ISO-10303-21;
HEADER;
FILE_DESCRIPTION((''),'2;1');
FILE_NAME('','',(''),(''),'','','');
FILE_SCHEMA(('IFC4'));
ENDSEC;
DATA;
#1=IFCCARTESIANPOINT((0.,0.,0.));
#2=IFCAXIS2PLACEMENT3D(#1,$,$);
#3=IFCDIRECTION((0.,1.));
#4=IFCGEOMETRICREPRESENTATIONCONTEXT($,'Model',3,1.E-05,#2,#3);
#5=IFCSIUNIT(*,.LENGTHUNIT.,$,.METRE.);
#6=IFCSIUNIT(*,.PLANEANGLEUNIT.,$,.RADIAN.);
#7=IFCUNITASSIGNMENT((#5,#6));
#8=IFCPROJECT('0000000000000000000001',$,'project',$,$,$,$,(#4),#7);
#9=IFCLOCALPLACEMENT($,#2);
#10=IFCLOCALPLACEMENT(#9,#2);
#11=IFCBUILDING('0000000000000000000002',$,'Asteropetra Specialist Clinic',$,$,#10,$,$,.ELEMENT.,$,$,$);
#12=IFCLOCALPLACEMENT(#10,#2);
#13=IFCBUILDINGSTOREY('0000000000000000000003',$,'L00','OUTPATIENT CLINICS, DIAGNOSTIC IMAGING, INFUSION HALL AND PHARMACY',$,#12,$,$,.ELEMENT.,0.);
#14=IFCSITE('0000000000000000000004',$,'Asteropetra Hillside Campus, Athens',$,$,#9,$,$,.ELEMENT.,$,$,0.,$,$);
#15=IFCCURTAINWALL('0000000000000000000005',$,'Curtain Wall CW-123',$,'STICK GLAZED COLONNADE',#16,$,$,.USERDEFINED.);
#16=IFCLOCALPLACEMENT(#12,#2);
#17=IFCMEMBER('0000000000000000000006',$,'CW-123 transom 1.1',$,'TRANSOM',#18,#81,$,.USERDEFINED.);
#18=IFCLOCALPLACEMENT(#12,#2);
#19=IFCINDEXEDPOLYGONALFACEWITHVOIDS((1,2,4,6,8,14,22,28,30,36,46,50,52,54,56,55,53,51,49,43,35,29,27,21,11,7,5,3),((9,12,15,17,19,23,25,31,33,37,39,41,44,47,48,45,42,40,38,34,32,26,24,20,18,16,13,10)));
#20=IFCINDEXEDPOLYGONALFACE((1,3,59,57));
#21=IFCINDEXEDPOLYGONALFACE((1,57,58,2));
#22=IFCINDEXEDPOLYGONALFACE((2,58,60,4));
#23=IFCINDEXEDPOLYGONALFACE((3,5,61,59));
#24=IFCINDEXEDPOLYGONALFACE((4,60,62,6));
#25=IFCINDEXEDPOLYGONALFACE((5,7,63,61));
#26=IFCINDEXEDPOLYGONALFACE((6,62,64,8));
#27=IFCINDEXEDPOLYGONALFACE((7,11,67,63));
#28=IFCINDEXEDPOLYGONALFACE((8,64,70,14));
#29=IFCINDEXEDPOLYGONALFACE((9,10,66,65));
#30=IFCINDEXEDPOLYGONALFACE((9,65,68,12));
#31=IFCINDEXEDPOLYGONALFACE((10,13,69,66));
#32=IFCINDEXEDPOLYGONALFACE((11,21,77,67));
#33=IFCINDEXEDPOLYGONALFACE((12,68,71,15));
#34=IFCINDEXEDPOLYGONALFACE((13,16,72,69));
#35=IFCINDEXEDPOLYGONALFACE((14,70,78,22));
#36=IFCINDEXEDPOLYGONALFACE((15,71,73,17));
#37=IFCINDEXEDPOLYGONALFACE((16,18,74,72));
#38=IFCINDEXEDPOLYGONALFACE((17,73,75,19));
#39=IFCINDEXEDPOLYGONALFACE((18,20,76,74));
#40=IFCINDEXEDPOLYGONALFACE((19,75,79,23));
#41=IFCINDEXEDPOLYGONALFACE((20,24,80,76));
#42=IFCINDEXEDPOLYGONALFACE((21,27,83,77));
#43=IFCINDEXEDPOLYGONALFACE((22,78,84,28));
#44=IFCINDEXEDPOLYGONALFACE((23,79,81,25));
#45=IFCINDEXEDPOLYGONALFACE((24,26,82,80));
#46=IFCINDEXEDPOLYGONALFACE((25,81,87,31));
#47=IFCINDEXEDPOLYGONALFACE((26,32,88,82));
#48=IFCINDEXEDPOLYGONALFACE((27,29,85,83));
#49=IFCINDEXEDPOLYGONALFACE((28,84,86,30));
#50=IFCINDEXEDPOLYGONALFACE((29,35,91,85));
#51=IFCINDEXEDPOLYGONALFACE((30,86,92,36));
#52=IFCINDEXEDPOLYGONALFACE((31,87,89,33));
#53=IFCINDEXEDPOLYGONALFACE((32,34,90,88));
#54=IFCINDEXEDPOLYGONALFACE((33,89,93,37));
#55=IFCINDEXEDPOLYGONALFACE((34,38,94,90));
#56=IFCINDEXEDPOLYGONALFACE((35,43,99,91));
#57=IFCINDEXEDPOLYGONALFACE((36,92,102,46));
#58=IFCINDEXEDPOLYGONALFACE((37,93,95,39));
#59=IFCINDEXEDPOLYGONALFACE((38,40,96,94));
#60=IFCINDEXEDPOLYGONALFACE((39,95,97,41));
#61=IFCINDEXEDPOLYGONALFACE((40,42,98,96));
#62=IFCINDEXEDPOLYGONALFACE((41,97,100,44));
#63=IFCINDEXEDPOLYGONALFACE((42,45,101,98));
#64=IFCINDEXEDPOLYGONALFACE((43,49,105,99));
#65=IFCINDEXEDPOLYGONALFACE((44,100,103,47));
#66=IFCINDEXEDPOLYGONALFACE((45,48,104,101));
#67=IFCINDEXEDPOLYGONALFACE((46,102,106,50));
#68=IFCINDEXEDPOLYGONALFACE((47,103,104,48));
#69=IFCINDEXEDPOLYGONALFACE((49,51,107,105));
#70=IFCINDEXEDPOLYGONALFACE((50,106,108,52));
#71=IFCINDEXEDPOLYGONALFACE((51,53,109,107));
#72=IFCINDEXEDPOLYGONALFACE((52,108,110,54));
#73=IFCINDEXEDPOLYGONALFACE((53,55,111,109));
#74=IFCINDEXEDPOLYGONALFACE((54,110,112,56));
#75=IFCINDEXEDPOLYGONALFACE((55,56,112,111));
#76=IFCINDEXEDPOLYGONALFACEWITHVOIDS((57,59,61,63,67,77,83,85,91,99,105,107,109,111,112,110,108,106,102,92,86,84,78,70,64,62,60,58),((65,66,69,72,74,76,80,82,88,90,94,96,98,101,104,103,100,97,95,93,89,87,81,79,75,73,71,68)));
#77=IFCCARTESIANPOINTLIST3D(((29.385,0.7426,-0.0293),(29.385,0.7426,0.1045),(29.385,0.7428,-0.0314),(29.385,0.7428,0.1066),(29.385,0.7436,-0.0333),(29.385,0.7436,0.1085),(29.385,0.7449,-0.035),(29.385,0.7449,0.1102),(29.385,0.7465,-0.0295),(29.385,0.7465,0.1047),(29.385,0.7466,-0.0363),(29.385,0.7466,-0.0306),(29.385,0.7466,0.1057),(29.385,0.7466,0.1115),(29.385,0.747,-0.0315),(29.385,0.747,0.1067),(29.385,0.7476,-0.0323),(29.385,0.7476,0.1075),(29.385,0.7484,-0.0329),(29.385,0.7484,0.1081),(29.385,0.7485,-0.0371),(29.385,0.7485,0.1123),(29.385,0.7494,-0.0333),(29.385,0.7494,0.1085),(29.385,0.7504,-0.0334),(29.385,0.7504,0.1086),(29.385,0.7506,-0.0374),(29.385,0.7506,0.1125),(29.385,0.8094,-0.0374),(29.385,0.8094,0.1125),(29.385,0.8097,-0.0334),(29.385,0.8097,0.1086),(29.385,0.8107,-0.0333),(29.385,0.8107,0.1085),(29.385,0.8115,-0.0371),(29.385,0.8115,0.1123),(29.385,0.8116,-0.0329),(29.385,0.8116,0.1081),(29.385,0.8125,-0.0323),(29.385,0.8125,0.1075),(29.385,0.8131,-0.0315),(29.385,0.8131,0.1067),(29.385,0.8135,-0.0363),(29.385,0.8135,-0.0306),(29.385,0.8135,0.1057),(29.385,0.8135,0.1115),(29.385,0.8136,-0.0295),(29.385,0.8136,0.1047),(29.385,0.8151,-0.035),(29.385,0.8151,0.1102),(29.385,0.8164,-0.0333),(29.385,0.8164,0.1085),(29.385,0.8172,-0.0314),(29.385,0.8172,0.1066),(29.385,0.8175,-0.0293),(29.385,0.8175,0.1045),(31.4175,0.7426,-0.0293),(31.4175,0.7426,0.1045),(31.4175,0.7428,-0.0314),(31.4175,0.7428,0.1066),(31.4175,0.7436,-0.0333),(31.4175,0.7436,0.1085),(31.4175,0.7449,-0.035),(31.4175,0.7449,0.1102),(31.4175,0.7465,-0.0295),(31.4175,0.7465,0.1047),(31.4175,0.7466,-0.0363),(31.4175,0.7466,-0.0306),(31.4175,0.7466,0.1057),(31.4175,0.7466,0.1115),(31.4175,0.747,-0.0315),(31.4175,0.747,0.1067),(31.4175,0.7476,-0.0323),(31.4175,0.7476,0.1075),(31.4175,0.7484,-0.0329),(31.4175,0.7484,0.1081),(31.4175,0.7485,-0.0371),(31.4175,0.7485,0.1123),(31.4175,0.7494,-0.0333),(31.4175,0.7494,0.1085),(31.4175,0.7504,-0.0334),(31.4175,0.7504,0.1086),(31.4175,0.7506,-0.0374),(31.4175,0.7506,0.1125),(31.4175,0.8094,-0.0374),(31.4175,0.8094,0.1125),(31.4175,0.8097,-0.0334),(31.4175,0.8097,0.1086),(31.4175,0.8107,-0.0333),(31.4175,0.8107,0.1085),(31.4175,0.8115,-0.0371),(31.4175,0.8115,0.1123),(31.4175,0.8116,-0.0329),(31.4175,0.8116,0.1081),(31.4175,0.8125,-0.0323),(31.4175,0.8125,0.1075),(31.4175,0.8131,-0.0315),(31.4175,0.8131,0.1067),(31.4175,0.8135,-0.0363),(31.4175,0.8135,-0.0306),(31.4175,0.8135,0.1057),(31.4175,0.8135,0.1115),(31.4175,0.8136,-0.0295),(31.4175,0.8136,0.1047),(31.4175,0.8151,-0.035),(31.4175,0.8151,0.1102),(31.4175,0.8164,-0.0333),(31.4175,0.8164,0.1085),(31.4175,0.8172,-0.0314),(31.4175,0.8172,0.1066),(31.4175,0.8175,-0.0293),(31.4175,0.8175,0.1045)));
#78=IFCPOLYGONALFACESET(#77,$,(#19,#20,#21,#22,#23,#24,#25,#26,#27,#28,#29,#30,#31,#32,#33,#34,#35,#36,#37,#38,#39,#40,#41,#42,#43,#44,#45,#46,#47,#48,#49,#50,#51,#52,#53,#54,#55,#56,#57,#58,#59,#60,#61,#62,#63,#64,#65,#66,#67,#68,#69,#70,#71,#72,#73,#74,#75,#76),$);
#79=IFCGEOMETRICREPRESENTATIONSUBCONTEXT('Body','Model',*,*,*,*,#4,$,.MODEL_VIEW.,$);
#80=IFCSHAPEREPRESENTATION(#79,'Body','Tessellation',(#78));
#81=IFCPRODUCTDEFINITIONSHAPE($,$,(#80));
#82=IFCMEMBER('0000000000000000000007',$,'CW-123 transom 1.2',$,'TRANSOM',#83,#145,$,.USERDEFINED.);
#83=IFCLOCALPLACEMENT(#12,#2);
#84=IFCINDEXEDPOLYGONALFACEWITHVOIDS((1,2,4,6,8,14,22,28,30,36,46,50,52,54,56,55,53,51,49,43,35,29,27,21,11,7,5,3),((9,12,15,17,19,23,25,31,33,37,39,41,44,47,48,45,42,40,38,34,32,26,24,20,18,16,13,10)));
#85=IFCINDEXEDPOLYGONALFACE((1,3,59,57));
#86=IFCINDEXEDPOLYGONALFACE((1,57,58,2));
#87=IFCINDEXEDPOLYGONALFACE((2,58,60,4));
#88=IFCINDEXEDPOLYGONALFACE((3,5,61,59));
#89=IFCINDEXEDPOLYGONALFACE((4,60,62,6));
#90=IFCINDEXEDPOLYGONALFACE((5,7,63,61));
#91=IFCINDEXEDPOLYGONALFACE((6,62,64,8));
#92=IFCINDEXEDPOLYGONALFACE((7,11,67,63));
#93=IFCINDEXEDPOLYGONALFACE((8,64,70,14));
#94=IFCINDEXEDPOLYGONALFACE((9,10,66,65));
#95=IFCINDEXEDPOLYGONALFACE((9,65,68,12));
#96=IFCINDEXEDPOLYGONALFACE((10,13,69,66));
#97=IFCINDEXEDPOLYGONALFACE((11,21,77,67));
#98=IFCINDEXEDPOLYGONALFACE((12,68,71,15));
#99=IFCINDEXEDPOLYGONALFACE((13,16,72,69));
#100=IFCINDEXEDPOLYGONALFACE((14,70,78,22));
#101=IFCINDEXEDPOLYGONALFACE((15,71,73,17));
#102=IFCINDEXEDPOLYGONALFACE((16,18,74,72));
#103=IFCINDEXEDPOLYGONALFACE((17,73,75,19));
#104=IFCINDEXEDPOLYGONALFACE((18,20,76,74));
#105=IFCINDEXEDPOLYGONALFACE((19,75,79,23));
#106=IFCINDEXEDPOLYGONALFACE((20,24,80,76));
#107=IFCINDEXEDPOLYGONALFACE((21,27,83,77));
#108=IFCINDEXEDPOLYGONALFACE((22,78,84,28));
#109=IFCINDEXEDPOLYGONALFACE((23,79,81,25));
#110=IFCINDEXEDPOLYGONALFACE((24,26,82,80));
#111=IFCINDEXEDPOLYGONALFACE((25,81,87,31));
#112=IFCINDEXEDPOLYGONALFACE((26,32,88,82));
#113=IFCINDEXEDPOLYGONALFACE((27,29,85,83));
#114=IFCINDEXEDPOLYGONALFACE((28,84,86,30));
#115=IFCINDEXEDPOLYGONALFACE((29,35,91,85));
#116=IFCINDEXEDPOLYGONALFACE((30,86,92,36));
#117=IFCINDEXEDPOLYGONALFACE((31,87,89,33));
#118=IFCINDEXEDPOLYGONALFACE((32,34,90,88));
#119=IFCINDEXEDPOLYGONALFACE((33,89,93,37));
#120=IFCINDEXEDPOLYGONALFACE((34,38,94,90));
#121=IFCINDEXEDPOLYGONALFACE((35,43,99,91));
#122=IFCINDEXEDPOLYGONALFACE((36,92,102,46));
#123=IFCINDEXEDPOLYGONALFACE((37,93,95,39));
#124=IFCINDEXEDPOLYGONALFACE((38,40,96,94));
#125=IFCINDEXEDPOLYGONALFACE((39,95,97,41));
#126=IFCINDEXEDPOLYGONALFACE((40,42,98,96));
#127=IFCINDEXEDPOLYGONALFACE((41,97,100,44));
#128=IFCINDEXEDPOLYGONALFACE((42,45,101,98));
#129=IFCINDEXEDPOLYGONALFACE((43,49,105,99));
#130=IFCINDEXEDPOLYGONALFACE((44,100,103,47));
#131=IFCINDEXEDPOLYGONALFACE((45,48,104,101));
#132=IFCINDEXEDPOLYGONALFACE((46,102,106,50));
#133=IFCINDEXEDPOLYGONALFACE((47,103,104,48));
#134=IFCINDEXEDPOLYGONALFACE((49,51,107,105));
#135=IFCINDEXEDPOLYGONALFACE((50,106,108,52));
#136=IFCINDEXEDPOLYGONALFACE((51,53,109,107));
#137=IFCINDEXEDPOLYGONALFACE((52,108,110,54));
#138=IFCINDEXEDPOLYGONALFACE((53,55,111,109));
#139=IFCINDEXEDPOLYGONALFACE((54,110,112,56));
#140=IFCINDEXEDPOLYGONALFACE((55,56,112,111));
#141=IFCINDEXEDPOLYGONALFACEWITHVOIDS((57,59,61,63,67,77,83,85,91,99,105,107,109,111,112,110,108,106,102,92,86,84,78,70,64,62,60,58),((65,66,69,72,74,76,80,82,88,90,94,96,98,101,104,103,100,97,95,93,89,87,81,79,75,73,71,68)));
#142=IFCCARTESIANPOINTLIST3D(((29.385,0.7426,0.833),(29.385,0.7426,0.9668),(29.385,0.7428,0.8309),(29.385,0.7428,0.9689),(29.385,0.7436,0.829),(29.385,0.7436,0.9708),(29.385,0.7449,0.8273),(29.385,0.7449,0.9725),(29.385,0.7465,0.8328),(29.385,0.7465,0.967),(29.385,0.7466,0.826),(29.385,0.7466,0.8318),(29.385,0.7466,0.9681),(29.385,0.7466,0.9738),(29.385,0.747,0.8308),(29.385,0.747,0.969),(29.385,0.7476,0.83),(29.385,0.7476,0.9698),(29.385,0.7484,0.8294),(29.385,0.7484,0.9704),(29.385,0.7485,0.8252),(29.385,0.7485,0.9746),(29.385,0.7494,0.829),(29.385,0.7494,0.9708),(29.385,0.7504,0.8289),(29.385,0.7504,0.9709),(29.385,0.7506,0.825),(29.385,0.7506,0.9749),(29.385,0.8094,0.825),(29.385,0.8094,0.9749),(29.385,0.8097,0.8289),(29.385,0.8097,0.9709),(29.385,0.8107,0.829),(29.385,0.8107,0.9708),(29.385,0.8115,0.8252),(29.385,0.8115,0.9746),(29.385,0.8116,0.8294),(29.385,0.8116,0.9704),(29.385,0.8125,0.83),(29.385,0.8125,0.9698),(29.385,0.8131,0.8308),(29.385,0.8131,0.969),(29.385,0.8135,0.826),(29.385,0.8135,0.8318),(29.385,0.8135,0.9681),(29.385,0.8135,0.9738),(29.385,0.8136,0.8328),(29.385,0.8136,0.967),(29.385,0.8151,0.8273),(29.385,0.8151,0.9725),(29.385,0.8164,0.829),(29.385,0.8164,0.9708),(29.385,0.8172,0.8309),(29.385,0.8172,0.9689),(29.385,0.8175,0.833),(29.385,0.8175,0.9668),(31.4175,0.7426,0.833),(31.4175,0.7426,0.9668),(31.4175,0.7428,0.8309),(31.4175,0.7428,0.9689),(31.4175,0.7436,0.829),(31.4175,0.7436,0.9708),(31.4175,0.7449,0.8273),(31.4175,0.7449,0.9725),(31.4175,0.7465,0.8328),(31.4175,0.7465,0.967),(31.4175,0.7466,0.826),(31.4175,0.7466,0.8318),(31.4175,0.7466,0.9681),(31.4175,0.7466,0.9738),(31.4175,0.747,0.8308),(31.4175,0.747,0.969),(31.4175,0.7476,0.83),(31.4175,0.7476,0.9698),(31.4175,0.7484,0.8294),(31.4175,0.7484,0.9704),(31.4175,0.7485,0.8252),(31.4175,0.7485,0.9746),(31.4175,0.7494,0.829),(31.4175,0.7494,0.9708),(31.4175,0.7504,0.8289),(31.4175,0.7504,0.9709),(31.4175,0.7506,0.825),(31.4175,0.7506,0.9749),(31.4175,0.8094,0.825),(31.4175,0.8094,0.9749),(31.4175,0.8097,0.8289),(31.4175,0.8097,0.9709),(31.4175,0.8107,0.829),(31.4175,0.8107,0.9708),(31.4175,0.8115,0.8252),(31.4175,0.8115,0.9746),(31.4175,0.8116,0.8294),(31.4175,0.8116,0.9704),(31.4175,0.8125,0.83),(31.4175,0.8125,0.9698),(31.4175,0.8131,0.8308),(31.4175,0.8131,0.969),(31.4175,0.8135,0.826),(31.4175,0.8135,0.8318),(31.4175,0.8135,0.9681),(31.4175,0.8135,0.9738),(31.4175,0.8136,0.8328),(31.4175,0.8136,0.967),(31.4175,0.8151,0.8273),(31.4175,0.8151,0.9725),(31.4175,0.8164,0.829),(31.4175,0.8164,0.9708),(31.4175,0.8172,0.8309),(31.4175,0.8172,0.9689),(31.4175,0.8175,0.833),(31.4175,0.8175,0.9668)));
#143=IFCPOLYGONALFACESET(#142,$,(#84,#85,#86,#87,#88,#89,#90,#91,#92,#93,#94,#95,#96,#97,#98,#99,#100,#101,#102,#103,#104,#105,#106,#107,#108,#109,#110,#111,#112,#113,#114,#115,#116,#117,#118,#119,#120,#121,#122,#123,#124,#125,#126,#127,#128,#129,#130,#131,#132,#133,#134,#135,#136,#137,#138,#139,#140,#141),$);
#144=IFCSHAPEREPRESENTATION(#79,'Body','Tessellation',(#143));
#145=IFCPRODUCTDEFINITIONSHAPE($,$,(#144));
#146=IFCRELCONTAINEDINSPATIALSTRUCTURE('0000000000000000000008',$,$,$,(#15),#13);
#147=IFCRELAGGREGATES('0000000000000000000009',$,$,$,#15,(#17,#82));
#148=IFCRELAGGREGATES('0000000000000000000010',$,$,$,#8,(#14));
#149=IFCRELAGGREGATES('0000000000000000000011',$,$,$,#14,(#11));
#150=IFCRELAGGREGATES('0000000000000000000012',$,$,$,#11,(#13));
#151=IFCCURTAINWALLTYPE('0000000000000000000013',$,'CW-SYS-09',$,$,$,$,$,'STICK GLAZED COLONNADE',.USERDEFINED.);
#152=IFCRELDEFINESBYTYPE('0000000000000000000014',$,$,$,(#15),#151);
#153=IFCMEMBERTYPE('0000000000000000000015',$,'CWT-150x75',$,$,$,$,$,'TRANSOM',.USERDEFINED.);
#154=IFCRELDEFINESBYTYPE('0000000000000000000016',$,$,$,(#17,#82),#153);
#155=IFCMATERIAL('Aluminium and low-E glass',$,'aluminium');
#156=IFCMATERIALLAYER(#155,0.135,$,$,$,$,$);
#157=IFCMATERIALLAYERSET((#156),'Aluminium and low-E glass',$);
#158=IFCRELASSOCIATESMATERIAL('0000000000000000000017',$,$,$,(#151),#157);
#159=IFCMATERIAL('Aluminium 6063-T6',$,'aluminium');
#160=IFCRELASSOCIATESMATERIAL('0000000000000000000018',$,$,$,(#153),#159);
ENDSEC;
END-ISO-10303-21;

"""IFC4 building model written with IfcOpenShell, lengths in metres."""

from ifc_helpers import new_model, si_unit, direction, frame, origin, origin_2d, place, context, subcontext, project, spatial, hollow_rectangle, extrude, material, layer, layer_set, material_profile, profile_set, type_object, element, aggregate, save


model = new_model("IFC4")

# Units and contexts
model_context = context("Model", 3, precision=1e-05, world=origin(), true_north=direction((0.0, 1.0)))
body_context = subcontext(model_context, "Body", "Model", "MODEL_VIEW")
ifc_project = project(units=[si_unit("LENGTHUNIT", "METRE"), si_unit("PLANEANGLEUNIT", "RADIAN")], contexts=[model_context])

# Site, building, storey
site_placement = place(None, origin())
site = spatial("IfcSite", under=ifc_project, at=site_placement, Name="Asteropetra Hillside Campus, Athens", CompositionType="ELEMENT", RefElevation=0.0)
building_placement = place(site_placement, origin())
building = spatial("IfcBuilding", under=site, at=building_placement, Name="Asteropetra Specialist Clinic", CompositionType="ELEMENT")
storey_placement = place(building_placement, origin())
storey = spatial("IfcBuildingStorey", under=building, at=storey_placement, Name="L00", Description="OUTPATIENT CLINICS, DIAGNOSTIC IMAGING, INFUSION HALL AND PHARMACY", CompositionType="ELEMENT", Elevation=0.0)

# Curtain wall, members
ifc_material_1 = material(Name="Aluminium and low-E glass", Category="aluminium")
ifc_layer_1 = layer(ifc_material_1, 0.135)
ifc_layer_set_1 = layer_set([ifc_layer_1], Name="Aluminium and low-E glass")
curtain_wall_type = type_object("IfcCurtainWallType", Name="CW-SYS-09", ElementType="STICK GLAZED COLONNADE", PredefinedType="USERDEFINED", material=ifc_layer_set_1)
curtain_wall_placement = place(storey_placement, origin())
curtain_wall = element("IfcCurtainWall", 1, at=curtain_wall_placement, inside=storey, type_object=curtain_wall_type, Name="Curtain Wall CW-123", ObjectType="STICK GLAZED COLONNADE", PredefinedType="USERDEFINED")
ifc_material_2 = material(Name="Aluminium 6063-T6", Category="aluminium")
ifc_material_profile_1 = material_profile(ifc_material_2, hollow_rectangle(XDim=0.075, YDim=0.1499, WallThickness=0.0039, InnerFilletRadius=0.0039, OuterFilletRadius=0.0081, at=origin_2d()), Name="TRN 150x75x4.0")
ifc_profile_set_1 = profile_set([ifc_material_profile_1], Name="Aluminium 6063-T6")
member_type_1 = type_object("IfcMemberType", Name="CWT-150x75", ElementType="TRANSOM", PredefinedType="USERDEFINED", material=ifc_profile_set_1)
member_1_placement = place(storey_placement, frame((29.385, 0.78, 0.0376), z_axis=(1.0, 0.0, 0.0), x_axis=(0.0, 1.0, 0.0)))
member_1 = element("IfcMember", 2, at=member_1_placement, type_object=member_type_1, Name="CW-123 transom 1.1", ObjectType="TRANSOM", PredefinedType="USERDEFINED", context=body_context, shape_type="SweptSolid", body=[
    extrude(hollow_rectangle(XDim=0.075, YDim=0.1499, WallThickness=0.0039, InnerFilletRadius=0.0039, OuterFilletRadius=0.0081, at=origin_2d()), origin(), (0.0, 0.0, 1.0), 2.0325),
])
member_2_placement = place(storey_placement, frame((29.385, 0.78, 0.8999), z_axis=(1.0, 0.0, 0.0), x_axis=(0.0, 1.0, 0.0)))
member_2 = element("IfcMember", 3, at=member_2_placement, type_object=member_type_1, Name="CW-123 transom 1.2", ObjectType="TRANSOM", PredefinedType="USERDEFINED", context=body_context, shape_type="SweptSolid", body=[
    extrude(hollow_rectangle(XDim=0.075, YDim=0.1499, WallThickness=0.0039, InnerFilletRadius=0.0039, OuterFilletRadius=0.0081, at=origin_2d()), origin(), (0.0, 0.0, 1.0), 2.0325),
])

aggregate(curtain_wall, [member_1, member_2])

save(model, "model.ifc")
